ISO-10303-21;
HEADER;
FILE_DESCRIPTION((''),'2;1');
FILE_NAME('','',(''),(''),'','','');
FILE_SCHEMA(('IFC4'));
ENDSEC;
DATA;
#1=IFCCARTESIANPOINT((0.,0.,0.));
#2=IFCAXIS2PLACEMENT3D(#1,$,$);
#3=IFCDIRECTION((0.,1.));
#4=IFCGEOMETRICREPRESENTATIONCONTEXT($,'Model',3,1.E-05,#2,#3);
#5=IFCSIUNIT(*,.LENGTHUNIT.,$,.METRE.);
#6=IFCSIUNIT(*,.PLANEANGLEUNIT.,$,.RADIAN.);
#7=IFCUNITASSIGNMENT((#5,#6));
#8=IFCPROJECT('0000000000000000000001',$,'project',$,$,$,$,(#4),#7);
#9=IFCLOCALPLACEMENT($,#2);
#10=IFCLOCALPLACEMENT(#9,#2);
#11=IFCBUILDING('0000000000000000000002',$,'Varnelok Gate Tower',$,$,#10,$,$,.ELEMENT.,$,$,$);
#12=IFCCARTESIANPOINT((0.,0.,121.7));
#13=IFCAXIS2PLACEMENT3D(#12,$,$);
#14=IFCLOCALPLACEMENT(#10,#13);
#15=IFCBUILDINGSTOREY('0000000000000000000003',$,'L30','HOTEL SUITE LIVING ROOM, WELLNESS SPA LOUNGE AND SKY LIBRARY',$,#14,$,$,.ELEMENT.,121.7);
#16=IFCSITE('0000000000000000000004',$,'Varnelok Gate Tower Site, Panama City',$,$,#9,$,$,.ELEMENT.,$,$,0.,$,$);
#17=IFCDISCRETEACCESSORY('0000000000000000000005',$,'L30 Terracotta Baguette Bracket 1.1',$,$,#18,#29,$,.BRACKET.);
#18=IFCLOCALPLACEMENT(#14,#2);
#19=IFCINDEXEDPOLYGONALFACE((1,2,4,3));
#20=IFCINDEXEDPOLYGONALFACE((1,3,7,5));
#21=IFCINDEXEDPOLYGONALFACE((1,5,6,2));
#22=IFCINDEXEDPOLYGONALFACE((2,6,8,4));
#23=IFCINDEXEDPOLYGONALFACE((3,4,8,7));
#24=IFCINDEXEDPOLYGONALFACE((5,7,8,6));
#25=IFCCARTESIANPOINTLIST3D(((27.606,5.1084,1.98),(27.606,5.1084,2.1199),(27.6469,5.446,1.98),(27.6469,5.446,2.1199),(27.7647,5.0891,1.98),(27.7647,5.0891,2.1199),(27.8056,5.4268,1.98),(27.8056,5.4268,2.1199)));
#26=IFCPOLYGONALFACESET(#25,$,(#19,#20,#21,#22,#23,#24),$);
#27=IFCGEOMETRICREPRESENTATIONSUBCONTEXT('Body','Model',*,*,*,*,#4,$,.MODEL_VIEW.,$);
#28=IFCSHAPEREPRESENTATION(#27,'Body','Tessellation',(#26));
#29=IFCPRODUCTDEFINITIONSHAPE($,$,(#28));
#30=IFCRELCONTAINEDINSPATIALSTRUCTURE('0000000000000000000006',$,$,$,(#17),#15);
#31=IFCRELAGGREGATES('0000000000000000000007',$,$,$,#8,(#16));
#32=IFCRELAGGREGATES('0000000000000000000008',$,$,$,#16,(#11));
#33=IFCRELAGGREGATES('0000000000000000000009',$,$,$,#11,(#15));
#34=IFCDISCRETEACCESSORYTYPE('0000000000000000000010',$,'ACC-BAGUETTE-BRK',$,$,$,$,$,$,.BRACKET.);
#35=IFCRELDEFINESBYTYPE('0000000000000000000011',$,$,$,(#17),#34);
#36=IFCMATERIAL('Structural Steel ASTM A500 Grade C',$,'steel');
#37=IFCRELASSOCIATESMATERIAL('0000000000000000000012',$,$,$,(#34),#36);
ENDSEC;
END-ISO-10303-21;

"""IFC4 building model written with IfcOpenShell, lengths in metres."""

from ifc_helpers import new_model, si_unit, direction, frame, origin, origin_2d, place, context, subcontext, project, spatial, rectangle, extrude, source, transform, mapped, material, type_object, element, save


model = new_model("IFC4")

# Units and contexts
model_context = context("Model", 3, precision=1e-05, world=origin(), true_north=direction((0.0, 1.0)))
body_context = subcontext(model_context, "Body", "Model", "MODEL_VIEW")
ifc_project = project(units=[si_unit("LENGTHUNIT", "METRE"), si_unit("PLANEANGLEUNIT", "RADIAN")], contexts=[model_context])

# Site, building, storey
site_placement = place(None, origin())
site = spatial("IfcSite", under=ifc_project, at=site_placement, Name="Varnelok Gate Tower Site, Panama City", CompositionType="ELEMENT", RefElevation=0.0)
building_placement = place(site_placement, origin())
building = spatial("IfcBuilding", under=site, at=building_placement, Name="Varnelok Gate Tower", CompositionType="ELEMENT")
storey_placement = place(building_placement, frame((0.0, 0.0, 121.7)))
storey = spatial("IfcBuildingStorey", under=building, at=storey_placement, Name="L30", Description="HOTEL SUITE LIVING ROOM, WELLNESS SPA LOUNGE AND SKY LIBRARY", CompositionType="ELEMENT", Elevation=121.7)

# Discrete accessory
ifc_material_1 = material(Name="Structural Steel ASTM A500 Grade C", Category="steel")
discrete_accessory_type = type_object("IfcDiscreteAccessoryType", Name="ACC-BAGUETTE-BRK", PredefinedType="BRACKET", material=ifc_material_1)
shared_shape_1 = source(origin(), body_context, "Body", "SweptSolid", [
    extrude(rectangle(XDim=0.1599, YDim=0.3401, at=origin_2d()), origin(), (0.0, 0.0, 1.0), 0.1399),
])
discrete_accessory_placement = place(storey_placement, frame((27.7058, 5.2676, 1.98), z_axis=(0.0, 0.0, 1.0), x_axis=(0.992732, -0.120345, 0.0)))
element("IfcDiscreteAccessory", 1, at=discrete_accessory_placement, inside=storey, type_object=discrete_accessory_type, Name="L30 Terracotta Baguette Bracket 1.1", PredefinedType="BRACKET", context=body_context, shape_type="MappedRepresentation", body=[
    mapped(shared_shape_1, transform((0.0, 0.0, 0.0), scale=1.0)),
])

save(model, "model.ifc")
